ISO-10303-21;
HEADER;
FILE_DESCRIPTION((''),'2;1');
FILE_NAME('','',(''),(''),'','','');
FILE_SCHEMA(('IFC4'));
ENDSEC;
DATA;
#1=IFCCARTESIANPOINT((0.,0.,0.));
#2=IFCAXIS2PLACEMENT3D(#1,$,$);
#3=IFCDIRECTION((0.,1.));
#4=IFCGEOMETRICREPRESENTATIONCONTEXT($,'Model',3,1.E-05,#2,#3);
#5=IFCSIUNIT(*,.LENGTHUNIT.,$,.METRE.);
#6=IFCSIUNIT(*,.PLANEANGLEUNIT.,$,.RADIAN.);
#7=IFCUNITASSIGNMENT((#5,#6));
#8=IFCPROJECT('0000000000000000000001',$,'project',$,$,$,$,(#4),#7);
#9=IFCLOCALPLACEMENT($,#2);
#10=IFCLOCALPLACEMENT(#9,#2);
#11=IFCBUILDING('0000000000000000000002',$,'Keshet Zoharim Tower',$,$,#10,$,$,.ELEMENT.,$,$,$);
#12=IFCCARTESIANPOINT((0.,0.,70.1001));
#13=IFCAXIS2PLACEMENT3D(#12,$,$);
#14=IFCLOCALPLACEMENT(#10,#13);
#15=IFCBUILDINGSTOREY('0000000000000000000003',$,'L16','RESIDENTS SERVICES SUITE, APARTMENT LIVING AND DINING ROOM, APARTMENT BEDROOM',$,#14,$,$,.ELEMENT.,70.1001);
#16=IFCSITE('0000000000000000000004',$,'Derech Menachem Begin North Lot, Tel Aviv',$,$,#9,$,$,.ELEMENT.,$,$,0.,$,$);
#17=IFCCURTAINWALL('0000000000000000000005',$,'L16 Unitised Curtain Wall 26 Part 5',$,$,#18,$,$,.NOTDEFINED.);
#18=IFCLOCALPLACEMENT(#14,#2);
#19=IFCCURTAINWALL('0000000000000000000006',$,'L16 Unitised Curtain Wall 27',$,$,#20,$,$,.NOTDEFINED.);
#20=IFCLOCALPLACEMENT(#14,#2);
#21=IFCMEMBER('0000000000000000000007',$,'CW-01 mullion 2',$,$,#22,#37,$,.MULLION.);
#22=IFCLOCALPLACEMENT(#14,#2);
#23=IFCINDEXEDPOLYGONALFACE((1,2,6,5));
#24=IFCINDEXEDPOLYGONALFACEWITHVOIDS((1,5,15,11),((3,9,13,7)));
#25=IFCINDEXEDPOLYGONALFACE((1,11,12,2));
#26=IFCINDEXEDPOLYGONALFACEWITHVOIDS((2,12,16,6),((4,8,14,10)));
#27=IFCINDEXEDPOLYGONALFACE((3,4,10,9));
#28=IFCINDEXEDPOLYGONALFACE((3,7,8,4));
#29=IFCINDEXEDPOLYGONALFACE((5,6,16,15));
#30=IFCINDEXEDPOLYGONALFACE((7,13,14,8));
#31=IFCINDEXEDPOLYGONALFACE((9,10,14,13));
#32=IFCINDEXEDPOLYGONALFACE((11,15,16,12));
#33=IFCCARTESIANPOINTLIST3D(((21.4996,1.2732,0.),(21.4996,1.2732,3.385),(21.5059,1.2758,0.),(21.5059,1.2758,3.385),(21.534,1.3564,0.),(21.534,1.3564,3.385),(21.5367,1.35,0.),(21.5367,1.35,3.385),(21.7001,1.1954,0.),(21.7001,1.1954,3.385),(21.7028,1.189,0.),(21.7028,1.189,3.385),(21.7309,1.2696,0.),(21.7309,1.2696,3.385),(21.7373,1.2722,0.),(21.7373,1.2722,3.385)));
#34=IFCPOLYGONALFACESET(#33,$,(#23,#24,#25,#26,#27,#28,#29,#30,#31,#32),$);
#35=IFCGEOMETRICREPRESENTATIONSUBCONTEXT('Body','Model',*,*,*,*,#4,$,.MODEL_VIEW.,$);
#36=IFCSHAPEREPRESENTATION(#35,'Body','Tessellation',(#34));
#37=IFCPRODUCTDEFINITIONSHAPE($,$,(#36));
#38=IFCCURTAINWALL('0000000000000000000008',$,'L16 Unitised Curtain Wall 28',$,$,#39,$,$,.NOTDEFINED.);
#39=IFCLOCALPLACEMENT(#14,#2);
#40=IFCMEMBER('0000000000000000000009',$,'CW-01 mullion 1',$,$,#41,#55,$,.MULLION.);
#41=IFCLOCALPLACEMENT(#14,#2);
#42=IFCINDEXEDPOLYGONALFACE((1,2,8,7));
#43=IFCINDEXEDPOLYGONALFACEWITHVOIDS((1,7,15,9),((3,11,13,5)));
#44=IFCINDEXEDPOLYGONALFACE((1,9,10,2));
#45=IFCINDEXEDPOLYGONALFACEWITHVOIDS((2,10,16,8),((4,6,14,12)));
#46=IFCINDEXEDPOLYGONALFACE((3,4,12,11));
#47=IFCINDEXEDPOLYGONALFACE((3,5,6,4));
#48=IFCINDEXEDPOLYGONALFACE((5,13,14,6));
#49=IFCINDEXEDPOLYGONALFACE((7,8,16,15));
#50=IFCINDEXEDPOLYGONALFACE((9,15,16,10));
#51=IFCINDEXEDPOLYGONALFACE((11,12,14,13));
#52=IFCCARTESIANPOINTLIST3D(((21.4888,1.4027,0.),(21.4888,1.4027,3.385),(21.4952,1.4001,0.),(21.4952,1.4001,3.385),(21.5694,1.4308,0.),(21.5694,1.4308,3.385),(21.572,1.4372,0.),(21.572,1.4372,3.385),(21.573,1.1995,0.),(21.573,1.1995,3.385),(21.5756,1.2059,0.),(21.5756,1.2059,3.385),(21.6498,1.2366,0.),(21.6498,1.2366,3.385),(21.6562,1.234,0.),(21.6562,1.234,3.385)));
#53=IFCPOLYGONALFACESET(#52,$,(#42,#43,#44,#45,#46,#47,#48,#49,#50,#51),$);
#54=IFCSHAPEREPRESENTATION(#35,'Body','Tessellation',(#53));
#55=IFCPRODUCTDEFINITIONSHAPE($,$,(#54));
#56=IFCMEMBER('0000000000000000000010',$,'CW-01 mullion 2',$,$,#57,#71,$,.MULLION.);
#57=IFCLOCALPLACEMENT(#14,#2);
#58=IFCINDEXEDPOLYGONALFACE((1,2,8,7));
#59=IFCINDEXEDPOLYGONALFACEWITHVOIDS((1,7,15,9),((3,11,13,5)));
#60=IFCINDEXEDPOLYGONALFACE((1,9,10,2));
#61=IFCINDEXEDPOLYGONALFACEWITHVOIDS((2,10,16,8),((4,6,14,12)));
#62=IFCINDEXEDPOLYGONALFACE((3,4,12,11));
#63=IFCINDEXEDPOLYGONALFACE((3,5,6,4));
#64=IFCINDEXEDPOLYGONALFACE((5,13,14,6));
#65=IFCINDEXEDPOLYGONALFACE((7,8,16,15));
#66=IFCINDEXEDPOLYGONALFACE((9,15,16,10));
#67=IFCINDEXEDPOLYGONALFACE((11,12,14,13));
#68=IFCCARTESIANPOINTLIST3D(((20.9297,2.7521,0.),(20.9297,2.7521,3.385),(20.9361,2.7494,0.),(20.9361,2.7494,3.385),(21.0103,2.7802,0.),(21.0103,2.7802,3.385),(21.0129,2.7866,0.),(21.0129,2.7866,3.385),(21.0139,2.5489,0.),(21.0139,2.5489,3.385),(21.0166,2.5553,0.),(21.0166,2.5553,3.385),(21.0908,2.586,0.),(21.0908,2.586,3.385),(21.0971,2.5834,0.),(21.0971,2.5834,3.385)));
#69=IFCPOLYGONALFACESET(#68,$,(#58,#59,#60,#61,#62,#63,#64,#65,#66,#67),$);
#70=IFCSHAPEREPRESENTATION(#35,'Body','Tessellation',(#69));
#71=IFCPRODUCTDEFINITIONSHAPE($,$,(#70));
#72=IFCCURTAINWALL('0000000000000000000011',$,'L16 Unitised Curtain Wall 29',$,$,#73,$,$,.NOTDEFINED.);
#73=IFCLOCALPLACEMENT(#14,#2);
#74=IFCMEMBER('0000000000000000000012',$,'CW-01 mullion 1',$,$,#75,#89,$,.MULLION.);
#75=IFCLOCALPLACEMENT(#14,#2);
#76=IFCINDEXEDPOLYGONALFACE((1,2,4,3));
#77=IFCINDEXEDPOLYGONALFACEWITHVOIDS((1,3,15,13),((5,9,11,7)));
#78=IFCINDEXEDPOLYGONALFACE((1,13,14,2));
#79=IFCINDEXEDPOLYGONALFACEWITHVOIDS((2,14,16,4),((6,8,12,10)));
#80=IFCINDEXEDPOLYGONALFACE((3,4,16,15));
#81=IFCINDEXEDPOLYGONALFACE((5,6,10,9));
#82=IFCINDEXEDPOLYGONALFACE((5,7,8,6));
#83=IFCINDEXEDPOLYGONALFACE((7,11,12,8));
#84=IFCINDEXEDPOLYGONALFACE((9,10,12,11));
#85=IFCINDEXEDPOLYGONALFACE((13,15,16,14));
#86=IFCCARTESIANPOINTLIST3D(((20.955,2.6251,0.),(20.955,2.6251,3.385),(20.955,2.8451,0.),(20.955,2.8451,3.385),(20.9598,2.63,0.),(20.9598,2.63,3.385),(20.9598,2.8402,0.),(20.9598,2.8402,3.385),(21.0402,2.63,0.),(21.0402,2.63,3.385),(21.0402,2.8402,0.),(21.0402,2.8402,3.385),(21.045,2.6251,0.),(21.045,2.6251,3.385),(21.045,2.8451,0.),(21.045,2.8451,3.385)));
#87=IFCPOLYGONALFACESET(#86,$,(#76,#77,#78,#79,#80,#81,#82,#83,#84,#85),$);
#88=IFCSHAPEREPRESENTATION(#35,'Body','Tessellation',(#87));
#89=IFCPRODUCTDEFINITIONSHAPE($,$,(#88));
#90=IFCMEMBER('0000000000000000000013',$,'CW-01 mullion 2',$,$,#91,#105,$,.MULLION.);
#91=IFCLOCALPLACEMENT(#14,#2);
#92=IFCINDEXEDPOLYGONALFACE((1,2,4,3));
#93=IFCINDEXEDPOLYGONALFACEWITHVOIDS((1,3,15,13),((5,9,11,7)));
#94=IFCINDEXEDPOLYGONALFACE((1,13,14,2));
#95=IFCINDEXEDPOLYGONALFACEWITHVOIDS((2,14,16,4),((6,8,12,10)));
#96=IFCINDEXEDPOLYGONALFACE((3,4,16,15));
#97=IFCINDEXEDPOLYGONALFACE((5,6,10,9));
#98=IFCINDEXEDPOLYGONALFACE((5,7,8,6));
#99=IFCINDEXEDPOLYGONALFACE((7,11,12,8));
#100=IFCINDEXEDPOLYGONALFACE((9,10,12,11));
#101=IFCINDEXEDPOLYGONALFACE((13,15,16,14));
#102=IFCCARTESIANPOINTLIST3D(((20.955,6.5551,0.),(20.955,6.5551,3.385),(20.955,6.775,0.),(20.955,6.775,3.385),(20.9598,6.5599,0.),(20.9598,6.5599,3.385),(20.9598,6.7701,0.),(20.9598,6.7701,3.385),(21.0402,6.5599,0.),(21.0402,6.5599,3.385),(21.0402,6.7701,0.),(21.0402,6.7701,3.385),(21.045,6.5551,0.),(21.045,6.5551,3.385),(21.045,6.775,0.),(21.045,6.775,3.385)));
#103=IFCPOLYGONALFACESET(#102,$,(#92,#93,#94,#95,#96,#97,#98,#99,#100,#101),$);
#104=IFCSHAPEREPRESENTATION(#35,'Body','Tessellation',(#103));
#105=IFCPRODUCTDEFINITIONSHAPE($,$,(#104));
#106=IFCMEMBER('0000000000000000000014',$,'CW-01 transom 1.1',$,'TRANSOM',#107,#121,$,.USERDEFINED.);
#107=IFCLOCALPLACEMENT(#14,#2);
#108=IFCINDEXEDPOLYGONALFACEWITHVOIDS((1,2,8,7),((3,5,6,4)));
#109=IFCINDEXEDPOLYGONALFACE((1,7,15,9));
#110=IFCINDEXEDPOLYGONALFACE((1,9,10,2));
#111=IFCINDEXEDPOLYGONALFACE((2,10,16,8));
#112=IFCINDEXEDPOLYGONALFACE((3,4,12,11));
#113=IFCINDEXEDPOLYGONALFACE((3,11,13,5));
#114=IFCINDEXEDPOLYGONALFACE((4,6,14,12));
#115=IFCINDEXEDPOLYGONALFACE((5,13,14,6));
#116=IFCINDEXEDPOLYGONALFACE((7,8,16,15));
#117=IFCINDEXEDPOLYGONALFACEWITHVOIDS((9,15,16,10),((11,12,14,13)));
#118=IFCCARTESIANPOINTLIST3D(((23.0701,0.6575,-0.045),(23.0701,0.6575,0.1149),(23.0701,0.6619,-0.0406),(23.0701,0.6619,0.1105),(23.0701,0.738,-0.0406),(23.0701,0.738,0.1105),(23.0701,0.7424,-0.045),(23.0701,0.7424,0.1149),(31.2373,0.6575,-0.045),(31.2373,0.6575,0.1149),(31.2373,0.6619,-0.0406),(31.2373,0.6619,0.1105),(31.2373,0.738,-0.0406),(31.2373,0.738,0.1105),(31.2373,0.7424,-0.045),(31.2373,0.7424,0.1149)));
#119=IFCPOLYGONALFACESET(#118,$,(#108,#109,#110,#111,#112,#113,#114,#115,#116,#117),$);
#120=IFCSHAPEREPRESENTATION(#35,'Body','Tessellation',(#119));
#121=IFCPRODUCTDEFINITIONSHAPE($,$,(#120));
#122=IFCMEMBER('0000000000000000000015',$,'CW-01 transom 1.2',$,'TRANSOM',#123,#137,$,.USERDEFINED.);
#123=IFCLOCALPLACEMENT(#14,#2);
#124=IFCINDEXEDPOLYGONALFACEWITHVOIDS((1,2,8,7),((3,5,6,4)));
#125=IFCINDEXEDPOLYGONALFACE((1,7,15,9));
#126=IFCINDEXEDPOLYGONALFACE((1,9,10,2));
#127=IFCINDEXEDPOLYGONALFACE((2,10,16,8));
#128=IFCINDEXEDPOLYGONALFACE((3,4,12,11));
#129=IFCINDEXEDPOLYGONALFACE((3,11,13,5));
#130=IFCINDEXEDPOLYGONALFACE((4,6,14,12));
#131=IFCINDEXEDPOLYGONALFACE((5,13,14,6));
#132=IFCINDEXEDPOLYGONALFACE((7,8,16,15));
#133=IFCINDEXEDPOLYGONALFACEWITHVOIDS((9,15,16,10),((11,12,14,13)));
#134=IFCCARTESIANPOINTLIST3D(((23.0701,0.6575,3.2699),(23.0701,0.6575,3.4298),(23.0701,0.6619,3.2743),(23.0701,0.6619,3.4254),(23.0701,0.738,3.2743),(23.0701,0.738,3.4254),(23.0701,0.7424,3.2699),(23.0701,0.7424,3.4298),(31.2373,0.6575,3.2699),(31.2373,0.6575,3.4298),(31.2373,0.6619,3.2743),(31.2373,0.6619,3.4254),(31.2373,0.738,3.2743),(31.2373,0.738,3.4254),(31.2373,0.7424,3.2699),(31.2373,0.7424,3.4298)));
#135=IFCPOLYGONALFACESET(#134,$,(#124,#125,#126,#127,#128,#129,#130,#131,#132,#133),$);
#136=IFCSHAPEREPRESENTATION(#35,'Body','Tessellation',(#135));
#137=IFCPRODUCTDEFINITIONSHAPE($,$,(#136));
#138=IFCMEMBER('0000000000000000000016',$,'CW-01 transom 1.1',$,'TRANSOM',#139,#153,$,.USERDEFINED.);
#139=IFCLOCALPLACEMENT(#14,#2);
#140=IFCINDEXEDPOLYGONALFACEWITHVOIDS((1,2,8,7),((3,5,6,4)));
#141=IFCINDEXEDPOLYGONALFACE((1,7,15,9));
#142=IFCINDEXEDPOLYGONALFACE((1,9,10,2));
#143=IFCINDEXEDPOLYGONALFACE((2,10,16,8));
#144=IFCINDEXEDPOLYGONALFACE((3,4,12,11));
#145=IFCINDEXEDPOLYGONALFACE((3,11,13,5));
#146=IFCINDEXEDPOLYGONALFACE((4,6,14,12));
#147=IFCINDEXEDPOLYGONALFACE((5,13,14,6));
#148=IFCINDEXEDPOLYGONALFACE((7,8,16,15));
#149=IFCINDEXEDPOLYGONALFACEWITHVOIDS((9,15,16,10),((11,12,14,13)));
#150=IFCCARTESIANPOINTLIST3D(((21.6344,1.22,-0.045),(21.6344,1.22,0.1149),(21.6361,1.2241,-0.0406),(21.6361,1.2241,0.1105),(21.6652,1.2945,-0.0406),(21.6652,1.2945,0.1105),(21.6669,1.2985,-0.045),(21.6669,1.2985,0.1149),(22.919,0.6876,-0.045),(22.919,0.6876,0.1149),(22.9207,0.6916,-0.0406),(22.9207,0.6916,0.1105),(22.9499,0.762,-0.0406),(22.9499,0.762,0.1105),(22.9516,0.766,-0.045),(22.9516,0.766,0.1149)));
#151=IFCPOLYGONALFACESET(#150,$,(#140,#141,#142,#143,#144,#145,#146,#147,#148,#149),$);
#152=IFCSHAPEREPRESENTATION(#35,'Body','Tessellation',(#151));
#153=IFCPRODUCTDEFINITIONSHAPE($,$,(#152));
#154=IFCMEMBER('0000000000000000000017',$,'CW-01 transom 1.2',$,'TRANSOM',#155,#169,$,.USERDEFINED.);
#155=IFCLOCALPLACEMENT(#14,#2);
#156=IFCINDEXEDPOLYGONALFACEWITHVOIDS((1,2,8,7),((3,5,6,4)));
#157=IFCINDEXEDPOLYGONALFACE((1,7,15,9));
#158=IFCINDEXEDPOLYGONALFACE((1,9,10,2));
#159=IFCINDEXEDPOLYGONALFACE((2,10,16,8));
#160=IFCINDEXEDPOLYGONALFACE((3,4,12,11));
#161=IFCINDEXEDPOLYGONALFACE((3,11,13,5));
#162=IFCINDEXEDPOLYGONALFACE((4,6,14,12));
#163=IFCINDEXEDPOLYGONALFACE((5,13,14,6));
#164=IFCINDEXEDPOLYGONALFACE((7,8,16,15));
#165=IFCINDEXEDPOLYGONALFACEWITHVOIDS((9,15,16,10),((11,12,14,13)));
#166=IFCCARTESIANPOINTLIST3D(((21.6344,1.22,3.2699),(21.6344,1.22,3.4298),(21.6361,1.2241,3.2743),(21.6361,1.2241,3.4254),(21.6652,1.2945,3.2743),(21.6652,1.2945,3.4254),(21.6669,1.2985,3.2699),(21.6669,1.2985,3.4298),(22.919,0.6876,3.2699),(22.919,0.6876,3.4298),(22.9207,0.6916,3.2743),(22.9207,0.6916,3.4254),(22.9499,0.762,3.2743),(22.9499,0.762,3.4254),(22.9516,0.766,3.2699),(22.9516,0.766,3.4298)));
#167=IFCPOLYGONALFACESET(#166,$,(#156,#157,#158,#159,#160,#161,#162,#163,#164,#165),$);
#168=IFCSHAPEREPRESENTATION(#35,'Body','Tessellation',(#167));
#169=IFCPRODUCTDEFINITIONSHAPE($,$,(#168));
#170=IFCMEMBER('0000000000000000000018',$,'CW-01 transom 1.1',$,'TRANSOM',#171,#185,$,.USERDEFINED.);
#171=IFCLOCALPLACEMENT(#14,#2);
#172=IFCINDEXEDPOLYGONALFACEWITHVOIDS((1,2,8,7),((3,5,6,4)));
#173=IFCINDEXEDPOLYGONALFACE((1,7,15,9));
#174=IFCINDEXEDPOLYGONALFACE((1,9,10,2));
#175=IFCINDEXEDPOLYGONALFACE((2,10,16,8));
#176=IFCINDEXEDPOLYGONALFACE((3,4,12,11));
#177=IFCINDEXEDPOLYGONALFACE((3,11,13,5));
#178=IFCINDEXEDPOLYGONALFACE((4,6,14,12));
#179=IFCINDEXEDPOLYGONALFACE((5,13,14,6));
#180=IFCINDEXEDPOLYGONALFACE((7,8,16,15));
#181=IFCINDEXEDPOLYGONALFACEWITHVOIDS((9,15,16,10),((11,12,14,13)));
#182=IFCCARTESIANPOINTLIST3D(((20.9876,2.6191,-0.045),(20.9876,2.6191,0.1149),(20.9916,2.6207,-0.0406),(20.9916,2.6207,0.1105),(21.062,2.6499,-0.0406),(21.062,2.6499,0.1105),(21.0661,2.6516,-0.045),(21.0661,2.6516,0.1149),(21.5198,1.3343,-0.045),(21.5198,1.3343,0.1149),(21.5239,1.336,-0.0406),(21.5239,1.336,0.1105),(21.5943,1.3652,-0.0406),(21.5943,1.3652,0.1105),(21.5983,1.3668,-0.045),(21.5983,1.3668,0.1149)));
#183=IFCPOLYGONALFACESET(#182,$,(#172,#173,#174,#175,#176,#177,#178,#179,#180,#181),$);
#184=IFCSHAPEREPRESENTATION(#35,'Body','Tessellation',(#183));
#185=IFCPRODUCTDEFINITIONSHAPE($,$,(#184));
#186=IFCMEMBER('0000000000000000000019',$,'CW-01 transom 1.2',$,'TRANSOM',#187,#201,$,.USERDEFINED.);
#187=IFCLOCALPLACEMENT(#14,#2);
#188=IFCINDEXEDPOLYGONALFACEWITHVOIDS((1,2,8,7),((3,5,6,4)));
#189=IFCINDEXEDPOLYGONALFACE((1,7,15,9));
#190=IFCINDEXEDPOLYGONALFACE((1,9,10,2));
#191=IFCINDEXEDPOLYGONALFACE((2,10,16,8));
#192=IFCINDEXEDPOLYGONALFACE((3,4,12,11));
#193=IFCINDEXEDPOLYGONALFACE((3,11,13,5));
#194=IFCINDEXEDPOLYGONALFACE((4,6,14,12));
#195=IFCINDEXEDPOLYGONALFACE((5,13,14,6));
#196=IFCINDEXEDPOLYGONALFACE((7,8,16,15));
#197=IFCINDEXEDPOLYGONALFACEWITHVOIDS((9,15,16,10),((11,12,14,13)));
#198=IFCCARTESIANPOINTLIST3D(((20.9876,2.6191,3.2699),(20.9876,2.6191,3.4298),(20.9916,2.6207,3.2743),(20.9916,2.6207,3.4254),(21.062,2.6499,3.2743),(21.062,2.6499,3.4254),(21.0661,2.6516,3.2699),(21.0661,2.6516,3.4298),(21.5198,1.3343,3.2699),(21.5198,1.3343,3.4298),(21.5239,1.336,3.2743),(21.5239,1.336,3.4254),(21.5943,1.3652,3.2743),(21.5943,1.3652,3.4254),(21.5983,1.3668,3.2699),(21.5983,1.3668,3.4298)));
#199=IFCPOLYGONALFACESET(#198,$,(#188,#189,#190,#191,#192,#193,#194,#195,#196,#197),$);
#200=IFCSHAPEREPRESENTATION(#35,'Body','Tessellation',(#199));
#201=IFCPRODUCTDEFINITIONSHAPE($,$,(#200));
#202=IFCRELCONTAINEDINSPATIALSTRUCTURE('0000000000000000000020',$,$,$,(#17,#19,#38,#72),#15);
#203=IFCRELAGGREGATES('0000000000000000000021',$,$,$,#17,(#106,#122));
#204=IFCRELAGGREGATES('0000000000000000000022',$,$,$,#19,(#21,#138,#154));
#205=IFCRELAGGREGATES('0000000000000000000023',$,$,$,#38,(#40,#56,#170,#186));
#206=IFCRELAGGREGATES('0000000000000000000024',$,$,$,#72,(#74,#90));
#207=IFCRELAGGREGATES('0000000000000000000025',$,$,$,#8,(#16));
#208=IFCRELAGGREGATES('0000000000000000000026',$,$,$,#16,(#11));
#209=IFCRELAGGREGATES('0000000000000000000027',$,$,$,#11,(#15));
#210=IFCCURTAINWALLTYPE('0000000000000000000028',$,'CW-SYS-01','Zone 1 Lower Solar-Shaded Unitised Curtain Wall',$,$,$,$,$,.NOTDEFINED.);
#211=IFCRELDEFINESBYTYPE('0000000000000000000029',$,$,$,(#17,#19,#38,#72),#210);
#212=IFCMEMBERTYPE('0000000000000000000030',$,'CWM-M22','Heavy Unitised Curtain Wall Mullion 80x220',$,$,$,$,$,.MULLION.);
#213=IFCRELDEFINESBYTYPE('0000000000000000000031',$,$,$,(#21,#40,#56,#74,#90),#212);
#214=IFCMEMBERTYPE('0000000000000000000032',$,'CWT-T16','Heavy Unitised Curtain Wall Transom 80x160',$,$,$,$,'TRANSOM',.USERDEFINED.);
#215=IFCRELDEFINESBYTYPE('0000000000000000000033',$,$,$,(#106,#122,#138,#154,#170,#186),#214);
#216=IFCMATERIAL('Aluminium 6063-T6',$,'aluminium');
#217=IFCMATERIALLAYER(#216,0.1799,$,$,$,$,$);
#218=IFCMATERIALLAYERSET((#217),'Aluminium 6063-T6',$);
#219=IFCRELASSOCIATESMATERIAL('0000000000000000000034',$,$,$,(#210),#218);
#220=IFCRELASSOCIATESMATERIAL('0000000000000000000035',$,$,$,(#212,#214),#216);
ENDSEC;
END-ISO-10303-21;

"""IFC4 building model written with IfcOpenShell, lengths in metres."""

from ifc_helpers import new_model, si_unit, direction, frame, origin, origin_2d, place, context, subcontext, project, spatial, hollow_rectangle, extrude, material, layer, layer_set, material_profile, profile_set, type_object, element, aggregate, save


model = new_model("IFC4")

# Units and contexts
model_context = context("Model", 3, precision=1e-05, world=origin(), true_north=direction((0.0, 1.0)))
body_context = subcontext(model_context, "Body", "Model", "MODEL_VIEW")
ifc_project = project(units=[si_unit("LENGTHUNIT", "METRE"), si_unit("PLANEANGLEUNIT", "RADIAN")], contexts=[model_context])

# Site, building, storey
site_placement = place(None, origin())
site = spatial("IfcSite", under=ifc_project, at=site_placement, Name="Derech Menachem Begin North Lot, Tel Aviv", CompositionType="ELEMENT", RefElevation=0.0)
building_placement = place(site_placement, origin())
building = spatial("IfcBuilding", under=site, at=building_placement, Name="Keshet Zoharim Tower", CompositionType="ELEMENT")
storey_placement = place(building_placement, frame((0.0, 0.0, 70.1001)))
storey = spatial("IfcBuildingStorey", under=building, at=storey_placement, Name="L16", Description="RESIDENTS SERVICES SUITE, APARTMENT LIVING AND DINING ROOM, APARTMENT BEDROOM", CompositionType="ELEMENT", Elevation=70.1001)

# Curtain wall
ifc_material_1 = material(Name="Aluminium 6063-T6", Category="aluminium")
ifc_layer_1 = layer(ifc_material_1, 0.1799)
ifc_layer_set_1 = layer_set([ifc_layer_1], Name="Aluminium 6063-T6")
curtain_wall_type = type_object("IfcCurtainWallType", Name="CW-SYS-01", Description="Zone 1 Lower Solar-Shaded Unitised Curtain Wall", PredefinedType="NOTDEFINED", material=ifc_layer_set_1)
ifc_material_profile_1 = material_profile(ifc_material_1, hollow_rectangle(XDim=0.0901, YDim=0.22, WallThickness=0.0049, at=origin_2d()), Name="MUL-90x220")
ifc_profile_set_1 = profile_set([ifc_material_profile_1], Name="Aluminium 6063-T6")
member_type_1 = type_object("IfcMemberType", Name="CWM-M22", Description="Heavy Unitised Curtain Wall Mullion 80x220", PredefinedType="MULLION", material=ifc_profile_set_1)
curtain_wall_1_placement = place(storey_placement, origin())
curtain_wall_1 = element("IfcCurtainWall", 1, at=curtain_wall_1_placement, inside=storey, type_object=curtain_wall_type, Name="L16 Unitised Curtain Wall 26 Part 5", PredefinedType="NOTDEFINED")

# Curtain walls, members
curtain_wall_2_placement = place(storey_placement, origin())
curtain_wall_2 = element("IfcCurtainWall", 2, at=curtain_wall_2_placement, inside=storey, type_object=curtain_wall_type, Name="L16 Unitised Curtain Wall 27", PredefinedType="NOTDEFINED")
member_1_placement = place(storey_placement, frame((21.6184, 1.2727, 0.0), z_axis=(0.0, 0.0, 1.0), x_axis=(-0.382852, -0.92381, 0.0)))
member_1 = element("IfcMember", 3, at=member_1_placement, type_object=member_type_1, Name="CW-01 mullion 2", PredefinedType="MULLION", context=body_context, shape_type="SweptSolid", body=[
    extrude(hollow_rectangle(XDim=0.0901, YDim=0.22, WallThickness=0.0049, at=origin_2d()), origin(), (0.0, 0.0, 1.0), 3.385),
])
curtain_wall_3_placement = place(storey_placement, origin())
curtain_wall_3 = element("IfcCurtainWall", 4, at=curtain_wall_3_placement, inside=storey, type_object=curtain_wall_type, Name="L16 Unitised Curtain Wall 28", PredefinedType="NOTDEFINED")
member_2_placement = place(storey_placement, frame((21.5725, 1.3184, 0.0), z_axis=(0.0, 0.0, 1.0), x_axis=(-0.92381, -0.382852, 0.0)))
member_2 = element("IfcMember", 5, at=member_2_placement, type_object=member_type_1, Name="CW-01 mullion 1", PredefinedType="MULLION", context=body_context, shape_type="SweptSolid", body=[
    extrude(hollow_rectangle(XDim=0.0901, YDim=0.22, WallThickness=0.0049, at=origin_2d()), origin(), (0.0, 0.0, 1.0), 3.385),
])
member_3_placement = place(storey_placement, frame((21.0134, 2.6677, 0.0), z_axis=(0.0, 0.0, 1.0), x_axis=(-0.92381, -0.382852, 0.0)))
member_3 = element("IfcMember", 6, at=member_3_placement, type_object=member_type_1, Name="CW-01 mullion 2", PredefinedType="MULLION", context=body_context, shape_type="SweptSolid", body=[
    extrude(hollow_rectangle(XDim=0.0901, YDim=0.22, WallThickness=0.0049, at=origin_2d()), origin(), (0.0, 0.0, 1.0), 3.385),
])
curtain_wall_4_placement = place(storey_placement, origin())
curtain_wall_4 = element("IfcCurtainWall", 7, at=curtain_wall_4_placement, inside=storey, type_object=curtain_wall_type, Name="L16 Unitised Curtain Wall 29", PredefinedType="NOTDEFINED")
member_4_placement = place(storey_placement, frame((21.0, 2.7351, 0.0), z_axis=(0.0, 0.0, 1.0), x_axis=(-1.0, 0.0, 0.0)))
member_4 = element("IfcMember", 8, at=member_4_placement, type_object=member_type_1, Name="CW-01 mullion 1", PredefinedType="MULLION", context=body_context, shape_type="SweptSolid", body=[
    extrude(hollow_rectangle(XDim=0.0901, YDim=0.22, WallThickness=0.0049, at=origin_2d()), origin(), (0.0, 0.0, 1.0), 3.385),
])
member_5_placement = place(storey_placement, frame((21.0, 6.665, 0.0), z_axis=(0.0, 0.0, 1.0), x_axis=(-1.0, 0.0, 0.0)))
member_5 = element("IfcMember", 9, at=member_5_placement, type_object=member_type_1, Name="CW-01 mullion 2", PredefinedType="MULLION", context=body_context, shape_type="SweptSolid", body=[
    extrude(hollow_rectangle(XDim=0.0901, YDim=0.22, WallThickness=0.0049, at=origin_2d()), origin(), (0.0, 0.0, 1.0), 3.385),
])

# Members
ifc_material_profile_2 = material_profile(ifc_material_1, hollow_rectangle(XDim=0.085, YDim=0.1599, WallThickness=0.0044, at=origin_2d()), Name="TRN-85x160")
ifc_profile_set_2 = profile_set([ifc_material_profile_2], Name="Aluminium 6063-T6")
member_type_2 = type_object("IfcMemberType", Name="CWT-T16", Description="Heavy Unitised Curtain Wall Transom 80x160", ElementType="TRANSOM", PredefinedType="USERDEFINED", material=ifc_profile_set_2)
member_6_placement = place(storey_placement, frame((31.2373, 0.7, 0.0349), z_axis=(-1.0, 0.0, 0.0), x_axis=(0.0, -1.0, 0.0)))
member_6 = element("IfcMember", 10, at=member_6_placement, type_object=member_type_2, Name="CW-01 transom 1.1", ObjectType="TRANSOM", PredefinedType="USERDEFINED", context=body_context, shape_type="SweptSolid", body=[
    extrude(hollow_rectangle(XDim=0.085, YDim=0.1599, WallThickness=0.0044, at=origin_2d()), origin(), (0.0, 0.0, 1.0), 8.1672),
])
member_7_placement = place(storey_placement, frame((31.2373, 0.7, 3.3499), z_axis=(-1.0, 0.0, 0.0), x_axis=(0.0, -1.0, 0.0)))
member_7 = element("IfcMember", 11, at=member_7_placement, type_object=member_type_2, Name="CW-01 transom 1.2", ObjectType="TRANSOM", PredefinedType="USERDEFINED", context=body_context, shape_type="SweptSolid", body=[
    extrude(hollow_rectangle(XDim=0.085, YDim=0.1599, WallThickness=0.0044, at=origin_2d()), origin(), (0.0, 0.0, 1.0), 8.1672),
])
member_8_placement = place(storey_placement, frame((22.9353, 0.7268, 0.0349), z_axis=(-0.923792, 0.382894, 0.0), x_axis=(-0.382894, -0.923792, 0.0)))
member_8 = element("IfcMember", 12, at=member_8_placement, type_object=member_type_2, Name="CW-01 transom 1.1", ObjectType="TRANSOM", PredefinedType="USERDEFINED", context=body_context, shape_type="SweptSolid", body=[
    extrude(hollow_rectangle(XDim=0.085, YDim=0.1599, WallThickness=0.0044, at=origin_2d()), origin(), (0.0, 0.0, 1.0), 1.3906),
])
member_9_placement = place(storey_placement, frame((22.9353, 0.7268, 3.3499), z_axis=(-0.923792, 0.382894, 0.0), x_axis=(-0.382894, -0.923792, 0.0)))
member_9 = element("IfcMember", 13, at=member_9_placement, type_object=member_type_2, Name="CW-01 transom 1.2", ObjectType="TRANSOM", PredefinedType="USERDEFINED", context=body_context, shape_type="SweptSolid", body=[
    extrude(hollow_rectangle(XDim=0.085, YDim=0.1599, WallThickness=0.0044, at=origin_2d()), origin(), (0.0, 0.0, 1.0), 1.3906),
])
member_10_placement = place(storey_placement, frame((21.5591, 1.3506, 0.0349), z_axis=(-0.382745, 0.923854, 0.0), x_axis=(-0.923854, -0.382745, 0.0)))
member_10 = element("IfcMember", 14, at=member_10_placement, type_object=member_type_2, Name="CW-01 transom 1.1", ObjectType="TRANSOM", PredefinedType="USERDEFINED", context=body_context, shape_type="SweptSolid", body=[
    extrude(hollow_rectangle(XDim=0.085, YDim=0.1599, WallThickness=0.0044, at=origin_2d()), origin(), (0.0, 0.0, 1.0), 1.3906),
])
member_11_placement = place(storey_placement, frame((21.5591, 1.3506, 3.3499), z_axis=(-0.382745, 0.923854, 0.0), x_axis=(-0.923854, -0.382745, 0.0)))
member_11 = element("IfcMember", 15, at=member_11_placement, type_object=member_type_2, Name="CW-01 transom 1.2", ObjectType="TRANSOM", PredefinedType="USERDEFINED", context=body_context, shape_type="SweptSolid", body=[
    extrude(hollow_rectangle(XDim=0.085, YDim=0.1599, WallThickness=0.0044, at=origin_2d()), origin(), (0.0, 0.0, 1.0), 1.3906),
])

aggregate(curtain_wall_1, [member_6, member_7])
aggregate(curtain_wall_2, [member_1, member_8, member_9])
aggregate(curtain_wall_3, [member_2, member_3, member_10, member_11])
aggregate(curtain_wall_4, [member_4, member_5])

save(model, "model.ifc")
